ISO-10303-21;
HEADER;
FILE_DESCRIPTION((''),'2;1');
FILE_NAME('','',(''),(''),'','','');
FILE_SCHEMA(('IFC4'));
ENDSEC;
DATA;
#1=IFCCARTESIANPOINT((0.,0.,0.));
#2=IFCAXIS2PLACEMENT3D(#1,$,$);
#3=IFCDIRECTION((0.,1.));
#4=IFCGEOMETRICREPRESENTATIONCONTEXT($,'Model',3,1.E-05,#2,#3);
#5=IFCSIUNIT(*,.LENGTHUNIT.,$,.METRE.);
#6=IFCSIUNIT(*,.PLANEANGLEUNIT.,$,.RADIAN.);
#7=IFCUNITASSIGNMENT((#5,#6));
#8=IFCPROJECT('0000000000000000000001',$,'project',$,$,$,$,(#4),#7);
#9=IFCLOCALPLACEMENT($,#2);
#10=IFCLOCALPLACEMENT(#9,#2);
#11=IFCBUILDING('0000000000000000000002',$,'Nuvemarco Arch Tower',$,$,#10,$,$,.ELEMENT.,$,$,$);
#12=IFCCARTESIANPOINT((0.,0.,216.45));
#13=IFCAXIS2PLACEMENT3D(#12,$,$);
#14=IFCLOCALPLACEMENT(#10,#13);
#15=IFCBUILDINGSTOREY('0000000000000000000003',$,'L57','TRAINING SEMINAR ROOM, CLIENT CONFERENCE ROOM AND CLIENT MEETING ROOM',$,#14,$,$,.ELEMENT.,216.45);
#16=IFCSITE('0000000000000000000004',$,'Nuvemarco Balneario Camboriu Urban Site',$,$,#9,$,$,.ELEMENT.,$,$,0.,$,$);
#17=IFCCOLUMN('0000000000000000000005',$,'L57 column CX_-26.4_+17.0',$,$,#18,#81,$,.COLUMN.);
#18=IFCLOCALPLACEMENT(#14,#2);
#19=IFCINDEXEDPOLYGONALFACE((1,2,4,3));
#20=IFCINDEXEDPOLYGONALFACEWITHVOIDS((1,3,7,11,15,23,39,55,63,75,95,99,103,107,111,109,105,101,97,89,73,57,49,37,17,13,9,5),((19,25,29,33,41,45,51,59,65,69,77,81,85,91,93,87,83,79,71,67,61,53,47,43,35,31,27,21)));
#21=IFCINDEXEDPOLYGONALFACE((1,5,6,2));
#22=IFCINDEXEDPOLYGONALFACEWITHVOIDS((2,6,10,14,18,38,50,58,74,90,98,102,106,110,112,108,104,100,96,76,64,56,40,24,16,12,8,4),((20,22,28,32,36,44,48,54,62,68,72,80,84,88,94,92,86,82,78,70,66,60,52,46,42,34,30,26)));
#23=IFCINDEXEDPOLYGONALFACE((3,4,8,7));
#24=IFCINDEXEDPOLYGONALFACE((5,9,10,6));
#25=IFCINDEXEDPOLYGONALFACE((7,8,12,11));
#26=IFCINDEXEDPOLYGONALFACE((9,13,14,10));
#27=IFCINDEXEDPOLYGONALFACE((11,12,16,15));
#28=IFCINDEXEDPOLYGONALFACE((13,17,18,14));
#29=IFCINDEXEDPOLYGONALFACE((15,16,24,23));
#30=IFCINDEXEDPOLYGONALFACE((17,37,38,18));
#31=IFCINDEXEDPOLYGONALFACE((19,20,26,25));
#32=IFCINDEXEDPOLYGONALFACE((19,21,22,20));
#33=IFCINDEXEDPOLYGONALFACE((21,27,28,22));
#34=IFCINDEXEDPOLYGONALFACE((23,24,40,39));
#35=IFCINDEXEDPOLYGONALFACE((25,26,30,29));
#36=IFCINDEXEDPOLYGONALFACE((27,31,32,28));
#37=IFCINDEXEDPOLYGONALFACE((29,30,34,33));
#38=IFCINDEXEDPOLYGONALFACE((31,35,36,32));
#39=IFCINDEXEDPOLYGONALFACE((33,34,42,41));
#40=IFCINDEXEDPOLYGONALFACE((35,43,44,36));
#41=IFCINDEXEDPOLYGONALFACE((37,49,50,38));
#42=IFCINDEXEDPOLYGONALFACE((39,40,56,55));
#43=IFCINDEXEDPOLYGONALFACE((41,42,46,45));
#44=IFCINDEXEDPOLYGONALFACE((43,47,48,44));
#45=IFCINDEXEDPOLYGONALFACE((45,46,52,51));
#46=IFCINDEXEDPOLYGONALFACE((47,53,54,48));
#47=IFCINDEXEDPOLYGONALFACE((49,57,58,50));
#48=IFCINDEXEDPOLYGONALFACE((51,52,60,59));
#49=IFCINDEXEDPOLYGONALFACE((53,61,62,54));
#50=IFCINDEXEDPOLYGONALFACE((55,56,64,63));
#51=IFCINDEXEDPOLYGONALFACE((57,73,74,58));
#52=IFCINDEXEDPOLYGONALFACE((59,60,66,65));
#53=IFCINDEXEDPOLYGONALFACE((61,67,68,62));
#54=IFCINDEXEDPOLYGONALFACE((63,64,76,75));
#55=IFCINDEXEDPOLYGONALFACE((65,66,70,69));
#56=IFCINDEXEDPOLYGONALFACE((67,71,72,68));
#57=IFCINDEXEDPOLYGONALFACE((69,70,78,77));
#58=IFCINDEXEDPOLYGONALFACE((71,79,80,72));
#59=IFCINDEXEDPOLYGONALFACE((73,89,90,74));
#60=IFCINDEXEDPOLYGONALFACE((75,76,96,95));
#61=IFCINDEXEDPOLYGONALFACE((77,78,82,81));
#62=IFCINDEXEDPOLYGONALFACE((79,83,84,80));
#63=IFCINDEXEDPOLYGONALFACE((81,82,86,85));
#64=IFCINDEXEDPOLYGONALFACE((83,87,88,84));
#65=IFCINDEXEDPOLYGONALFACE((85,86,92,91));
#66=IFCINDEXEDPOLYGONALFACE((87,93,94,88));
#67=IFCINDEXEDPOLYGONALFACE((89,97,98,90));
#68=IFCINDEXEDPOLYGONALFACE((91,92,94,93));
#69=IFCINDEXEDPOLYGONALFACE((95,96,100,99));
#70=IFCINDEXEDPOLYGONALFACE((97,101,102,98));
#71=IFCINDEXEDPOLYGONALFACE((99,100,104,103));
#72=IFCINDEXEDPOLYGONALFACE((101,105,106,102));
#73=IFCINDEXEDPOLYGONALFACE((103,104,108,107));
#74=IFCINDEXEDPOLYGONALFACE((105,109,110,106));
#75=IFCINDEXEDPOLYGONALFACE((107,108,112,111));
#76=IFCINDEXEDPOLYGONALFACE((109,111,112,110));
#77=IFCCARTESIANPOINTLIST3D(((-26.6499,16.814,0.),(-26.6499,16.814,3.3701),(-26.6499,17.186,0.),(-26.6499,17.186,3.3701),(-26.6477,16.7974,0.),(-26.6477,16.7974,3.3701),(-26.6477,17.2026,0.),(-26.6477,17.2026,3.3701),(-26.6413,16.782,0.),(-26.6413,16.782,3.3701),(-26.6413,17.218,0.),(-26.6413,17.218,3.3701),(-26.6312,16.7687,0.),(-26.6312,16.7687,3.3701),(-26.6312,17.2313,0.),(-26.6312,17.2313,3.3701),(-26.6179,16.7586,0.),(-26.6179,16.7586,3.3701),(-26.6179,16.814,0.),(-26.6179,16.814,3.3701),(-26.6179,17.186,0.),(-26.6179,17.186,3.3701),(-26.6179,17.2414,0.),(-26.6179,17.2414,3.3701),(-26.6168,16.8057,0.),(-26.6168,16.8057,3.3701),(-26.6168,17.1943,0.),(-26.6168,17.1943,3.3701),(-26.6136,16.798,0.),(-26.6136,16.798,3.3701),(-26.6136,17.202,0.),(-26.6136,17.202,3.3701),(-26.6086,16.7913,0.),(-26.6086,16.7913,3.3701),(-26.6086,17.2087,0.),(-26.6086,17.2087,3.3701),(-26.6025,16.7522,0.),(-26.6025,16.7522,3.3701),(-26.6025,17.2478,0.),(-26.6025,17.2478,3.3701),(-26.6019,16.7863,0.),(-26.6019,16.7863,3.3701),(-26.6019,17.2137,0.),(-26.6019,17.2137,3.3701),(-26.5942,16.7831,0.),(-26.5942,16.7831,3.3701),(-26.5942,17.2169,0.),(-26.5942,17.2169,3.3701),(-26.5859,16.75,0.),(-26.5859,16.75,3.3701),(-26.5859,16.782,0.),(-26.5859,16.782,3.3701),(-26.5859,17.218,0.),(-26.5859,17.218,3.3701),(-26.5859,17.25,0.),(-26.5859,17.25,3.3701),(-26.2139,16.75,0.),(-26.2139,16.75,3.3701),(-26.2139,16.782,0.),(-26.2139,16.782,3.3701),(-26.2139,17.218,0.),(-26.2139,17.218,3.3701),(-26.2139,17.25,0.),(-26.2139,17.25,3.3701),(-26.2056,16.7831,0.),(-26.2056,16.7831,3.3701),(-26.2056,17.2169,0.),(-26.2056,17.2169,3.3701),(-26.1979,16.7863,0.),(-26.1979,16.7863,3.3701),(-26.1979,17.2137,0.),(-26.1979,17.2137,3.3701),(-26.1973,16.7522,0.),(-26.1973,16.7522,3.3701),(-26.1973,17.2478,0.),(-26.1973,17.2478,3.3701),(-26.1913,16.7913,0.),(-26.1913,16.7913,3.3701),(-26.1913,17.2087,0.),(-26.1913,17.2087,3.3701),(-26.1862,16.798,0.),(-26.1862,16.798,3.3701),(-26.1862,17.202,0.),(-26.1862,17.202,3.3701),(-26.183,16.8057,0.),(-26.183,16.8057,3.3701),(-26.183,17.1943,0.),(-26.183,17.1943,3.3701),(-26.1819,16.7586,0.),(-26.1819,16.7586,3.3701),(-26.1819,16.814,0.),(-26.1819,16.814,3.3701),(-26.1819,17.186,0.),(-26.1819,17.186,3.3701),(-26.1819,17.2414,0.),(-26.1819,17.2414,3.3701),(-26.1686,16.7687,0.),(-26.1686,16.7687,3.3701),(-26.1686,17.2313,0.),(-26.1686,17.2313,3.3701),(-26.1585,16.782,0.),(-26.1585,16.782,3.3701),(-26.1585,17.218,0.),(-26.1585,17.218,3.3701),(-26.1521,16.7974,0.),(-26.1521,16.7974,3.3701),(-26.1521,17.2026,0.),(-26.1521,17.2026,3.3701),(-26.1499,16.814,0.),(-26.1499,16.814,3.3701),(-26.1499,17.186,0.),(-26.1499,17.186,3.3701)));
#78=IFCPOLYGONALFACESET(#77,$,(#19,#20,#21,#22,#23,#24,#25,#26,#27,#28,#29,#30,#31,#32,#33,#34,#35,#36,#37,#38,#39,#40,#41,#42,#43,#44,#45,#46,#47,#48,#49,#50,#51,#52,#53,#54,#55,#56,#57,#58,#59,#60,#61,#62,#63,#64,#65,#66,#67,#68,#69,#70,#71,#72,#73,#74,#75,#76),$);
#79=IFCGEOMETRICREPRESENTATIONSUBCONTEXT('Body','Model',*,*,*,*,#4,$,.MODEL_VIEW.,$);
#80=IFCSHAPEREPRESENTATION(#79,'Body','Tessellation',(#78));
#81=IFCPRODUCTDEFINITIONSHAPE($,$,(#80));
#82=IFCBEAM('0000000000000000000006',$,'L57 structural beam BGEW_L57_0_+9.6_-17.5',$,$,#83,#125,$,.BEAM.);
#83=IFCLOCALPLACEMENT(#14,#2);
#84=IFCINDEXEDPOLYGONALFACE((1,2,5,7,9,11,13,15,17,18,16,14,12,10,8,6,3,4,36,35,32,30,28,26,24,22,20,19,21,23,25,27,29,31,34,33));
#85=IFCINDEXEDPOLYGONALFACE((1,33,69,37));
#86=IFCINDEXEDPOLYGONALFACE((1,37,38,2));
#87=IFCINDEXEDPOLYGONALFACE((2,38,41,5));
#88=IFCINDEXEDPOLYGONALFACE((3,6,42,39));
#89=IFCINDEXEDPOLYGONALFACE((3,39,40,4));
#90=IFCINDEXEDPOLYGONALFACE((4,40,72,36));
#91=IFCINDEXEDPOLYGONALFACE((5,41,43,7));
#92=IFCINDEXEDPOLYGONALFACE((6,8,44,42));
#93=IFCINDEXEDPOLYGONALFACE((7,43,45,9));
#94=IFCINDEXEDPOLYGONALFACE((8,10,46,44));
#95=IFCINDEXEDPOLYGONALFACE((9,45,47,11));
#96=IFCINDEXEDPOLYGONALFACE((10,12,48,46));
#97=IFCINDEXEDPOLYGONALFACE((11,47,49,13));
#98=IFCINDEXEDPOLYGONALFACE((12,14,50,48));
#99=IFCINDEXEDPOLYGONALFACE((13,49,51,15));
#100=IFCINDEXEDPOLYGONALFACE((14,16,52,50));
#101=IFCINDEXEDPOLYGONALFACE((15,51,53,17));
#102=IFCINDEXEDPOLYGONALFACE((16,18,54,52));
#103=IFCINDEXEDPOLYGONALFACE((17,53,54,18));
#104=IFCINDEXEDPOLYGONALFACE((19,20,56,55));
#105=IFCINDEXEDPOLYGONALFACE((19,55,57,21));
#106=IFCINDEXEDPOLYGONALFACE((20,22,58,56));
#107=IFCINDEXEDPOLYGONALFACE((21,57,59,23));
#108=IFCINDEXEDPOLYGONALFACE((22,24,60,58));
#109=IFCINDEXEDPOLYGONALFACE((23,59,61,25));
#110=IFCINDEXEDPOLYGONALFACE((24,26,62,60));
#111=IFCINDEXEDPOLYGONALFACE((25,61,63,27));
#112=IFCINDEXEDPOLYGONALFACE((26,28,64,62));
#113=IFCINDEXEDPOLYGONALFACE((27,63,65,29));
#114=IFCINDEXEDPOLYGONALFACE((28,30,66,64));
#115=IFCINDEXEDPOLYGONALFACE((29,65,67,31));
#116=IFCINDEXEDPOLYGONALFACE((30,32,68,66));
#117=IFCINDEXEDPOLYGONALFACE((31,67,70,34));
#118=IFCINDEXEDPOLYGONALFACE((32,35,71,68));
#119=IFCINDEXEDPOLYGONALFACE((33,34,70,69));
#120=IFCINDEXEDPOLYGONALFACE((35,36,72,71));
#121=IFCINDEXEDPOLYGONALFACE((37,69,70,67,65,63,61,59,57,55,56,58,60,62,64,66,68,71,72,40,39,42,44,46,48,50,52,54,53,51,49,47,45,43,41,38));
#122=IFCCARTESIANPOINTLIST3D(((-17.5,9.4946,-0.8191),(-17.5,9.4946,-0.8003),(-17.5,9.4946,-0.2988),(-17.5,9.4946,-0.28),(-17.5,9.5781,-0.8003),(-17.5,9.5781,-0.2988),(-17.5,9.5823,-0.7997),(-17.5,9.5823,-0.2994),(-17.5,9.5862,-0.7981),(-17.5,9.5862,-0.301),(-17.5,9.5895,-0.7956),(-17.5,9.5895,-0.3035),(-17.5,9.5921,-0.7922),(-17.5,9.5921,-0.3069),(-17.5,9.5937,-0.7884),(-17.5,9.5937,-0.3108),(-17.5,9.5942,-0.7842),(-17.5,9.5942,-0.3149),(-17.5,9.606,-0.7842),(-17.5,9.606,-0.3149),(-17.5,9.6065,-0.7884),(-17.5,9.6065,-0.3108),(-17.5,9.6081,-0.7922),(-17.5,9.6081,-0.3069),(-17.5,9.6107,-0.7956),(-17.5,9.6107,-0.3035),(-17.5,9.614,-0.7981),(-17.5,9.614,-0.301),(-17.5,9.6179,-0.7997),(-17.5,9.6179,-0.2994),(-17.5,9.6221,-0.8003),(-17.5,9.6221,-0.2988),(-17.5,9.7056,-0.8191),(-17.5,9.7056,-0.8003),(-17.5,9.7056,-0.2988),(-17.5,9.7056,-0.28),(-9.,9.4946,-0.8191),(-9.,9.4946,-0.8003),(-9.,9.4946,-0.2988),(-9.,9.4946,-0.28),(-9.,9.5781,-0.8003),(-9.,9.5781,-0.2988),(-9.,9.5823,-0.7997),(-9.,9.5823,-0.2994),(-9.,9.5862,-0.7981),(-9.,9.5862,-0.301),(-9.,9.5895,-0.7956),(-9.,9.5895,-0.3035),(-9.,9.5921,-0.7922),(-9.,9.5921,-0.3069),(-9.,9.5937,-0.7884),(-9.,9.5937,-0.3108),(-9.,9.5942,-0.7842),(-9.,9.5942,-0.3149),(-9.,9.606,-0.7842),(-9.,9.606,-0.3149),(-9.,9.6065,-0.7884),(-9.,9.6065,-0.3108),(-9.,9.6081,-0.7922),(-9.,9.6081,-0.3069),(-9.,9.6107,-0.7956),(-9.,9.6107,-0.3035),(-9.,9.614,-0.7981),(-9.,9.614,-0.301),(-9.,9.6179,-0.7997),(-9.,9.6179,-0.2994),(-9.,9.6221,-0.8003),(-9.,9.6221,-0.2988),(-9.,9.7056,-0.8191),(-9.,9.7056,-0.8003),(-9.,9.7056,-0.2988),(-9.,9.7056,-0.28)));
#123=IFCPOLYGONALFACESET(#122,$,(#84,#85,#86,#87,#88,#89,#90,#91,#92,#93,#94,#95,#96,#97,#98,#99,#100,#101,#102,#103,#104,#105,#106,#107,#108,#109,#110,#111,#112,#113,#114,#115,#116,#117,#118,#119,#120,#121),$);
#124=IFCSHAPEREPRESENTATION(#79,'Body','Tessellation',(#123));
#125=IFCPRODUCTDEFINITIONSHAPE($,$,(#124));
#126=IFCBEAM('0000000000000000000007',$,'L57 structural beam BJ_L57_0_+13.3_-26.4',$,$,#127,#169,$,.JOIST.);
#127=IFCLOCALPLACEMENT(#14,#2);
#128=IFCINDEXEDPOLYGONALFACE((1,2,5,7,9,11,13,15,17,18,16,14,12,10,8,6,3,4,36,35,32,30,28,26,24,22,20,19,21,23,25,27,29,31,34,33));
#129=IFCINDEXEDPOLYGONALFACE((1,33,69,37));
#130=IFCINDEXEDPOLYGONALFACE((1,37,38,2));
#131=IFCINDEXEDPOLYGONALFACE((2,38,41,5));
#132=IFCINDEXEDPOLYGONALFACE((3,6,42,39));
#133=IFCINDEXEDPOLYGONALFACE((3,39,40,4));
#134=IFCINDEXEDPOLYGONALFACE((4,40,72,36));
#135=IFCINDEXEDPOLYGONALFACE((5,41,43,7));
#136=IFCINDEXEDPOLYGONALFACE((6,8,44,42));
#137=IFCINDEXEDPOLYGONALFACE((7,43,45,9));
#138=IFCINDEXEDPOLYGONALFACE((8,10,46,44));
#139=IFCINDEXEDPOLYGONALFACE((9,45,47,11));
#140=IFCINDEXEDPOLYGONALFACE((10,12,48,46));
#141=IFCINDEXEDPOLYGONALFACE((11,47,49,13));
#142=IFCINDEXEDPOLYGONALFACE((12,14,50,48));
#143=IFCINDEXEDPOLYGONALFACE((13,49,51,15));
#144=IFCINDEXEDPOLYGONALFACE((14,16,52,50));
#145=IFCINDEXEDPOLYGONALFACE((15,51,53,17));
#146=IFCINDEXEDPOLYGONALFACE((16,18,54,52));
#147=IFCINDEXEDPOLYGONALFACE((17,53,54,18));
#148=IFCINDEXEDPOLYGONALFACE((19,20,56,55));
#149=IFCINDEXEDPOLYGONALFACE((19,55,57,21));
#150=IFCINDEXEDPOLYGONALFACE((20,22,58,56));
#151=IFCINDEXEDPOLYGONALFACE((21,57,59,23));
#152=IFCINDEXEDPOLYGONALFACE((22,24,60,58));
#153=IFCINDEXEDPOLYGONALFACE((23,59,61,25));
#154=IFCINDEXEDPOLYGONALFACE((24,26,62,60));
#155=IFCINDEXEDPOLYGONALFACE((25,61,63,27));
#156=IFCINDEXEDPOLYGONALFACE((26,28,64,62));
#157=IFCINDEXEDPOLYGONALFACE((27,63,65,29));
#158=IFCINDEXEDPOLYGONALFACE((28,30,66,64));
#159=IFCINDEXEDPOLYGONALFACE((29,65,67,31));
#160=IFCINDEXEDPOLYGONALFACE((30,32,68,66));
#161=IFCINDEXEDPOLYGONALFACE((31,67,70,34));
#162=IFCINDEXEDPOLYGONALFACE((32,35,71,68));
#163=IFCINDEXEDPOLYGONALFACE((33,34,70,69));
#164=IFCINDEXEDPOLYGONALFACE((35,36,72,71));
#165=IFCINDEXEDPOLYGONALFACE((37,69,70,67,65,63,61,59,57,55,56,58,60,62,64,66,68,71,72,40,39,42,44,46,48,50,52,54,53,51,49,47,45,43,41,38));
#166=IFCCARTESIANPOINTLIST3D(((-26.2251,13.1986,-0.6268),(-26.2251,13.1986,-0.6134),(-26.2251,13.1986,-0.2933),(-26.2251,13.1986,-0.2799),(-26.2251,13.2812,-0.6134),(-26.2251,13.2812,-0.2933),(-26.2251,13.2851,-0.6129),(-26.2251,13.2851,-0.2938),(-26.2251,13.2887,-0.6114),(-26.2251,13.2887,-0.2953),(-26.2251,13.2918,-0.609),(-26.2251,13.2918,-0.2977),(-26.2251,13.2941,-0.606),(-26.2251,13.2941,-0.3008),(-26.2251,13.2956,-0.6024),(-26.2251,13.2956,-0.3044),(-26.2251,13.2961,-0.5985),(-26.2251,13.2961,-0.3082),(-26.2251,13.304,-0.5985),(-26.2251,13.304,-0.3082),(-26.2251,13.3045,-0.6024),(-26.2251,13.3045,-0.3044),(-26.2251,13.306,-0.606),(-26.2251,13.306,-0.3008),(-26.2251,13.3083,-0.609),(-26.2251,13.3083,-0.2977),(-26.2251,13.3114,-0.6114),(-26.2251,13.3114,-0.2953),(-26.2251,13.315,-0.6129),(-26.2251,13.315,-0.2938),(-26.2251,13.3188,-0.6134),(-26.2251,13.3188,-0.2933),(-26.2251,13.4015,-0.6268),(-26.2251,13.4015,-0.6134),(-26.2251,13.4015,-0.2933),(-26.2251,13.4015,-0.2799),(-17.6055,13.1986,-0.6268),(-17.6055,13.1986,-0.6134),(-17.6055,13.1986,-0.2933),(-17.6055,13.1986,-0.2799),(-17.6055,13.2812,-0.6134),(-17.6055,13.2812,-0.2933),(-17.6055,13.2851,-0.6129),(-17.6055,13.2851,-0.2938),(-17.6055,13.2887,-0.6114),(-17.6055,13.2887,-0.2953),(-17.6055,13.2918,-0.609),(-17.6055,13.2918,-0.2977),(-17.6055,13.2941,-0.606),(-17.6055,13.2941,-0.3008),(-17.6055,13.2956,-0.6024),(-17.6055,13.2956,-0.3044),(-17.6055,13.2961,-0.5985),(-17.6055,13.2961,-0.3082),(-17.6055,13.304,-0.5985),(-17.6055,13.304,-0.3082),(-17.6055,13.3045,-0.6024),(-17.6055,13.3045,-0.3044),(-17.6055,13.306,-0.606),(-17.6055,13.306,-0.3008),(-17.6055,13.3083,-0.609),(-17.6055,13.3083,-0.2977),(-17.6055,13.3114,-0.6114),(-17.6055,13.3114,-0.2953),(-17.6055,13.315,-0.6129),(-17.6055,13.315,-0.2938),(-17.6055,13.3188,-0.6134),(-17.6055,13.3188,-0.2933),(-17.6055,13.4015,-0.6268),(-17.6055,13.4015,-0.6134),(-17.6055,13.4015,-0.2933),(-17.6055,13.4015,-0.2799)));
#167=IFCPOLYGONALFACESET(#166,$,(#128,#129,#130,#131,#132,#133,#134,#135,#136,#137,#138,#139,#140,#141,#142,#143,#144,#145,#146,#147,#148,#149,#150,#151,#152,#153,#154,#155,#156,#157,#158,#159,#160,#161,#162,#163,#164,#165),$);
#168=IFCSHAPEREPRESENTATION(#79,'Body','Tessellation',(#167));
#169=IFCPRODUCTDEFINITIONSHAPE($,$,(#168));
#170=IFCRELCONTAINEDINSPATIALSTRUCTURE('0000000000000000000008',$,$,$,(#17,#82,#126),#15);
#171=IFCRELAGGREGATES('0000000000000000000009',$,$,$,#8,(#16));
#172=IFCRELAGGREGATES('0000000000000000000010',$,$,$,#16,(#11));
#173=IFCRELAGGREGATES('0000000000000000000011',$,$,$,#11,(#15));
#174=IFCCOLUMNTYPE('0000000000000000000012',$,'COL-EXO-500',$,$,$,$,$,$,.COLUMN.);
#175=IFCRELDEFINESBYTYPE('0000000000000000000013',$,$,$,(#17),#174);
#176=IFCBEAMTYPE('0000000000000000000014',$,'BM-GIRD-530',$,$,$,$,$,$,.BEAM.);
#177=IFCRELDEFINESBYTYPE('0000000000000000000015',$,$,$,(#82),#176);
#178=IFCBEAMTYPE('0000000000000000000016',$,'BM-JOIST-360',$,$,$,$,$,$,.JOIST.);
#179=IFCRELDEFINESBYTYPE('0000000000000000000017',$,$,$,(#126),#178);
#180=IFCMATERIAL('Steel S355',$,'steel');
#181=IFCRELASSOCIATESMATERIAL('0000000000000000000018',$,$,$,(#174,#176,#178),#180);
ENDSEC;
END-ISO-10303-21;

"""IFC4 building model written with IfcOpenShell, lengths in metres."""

from ifc_helpers import new_model, si_unit, direction, frame, origin, origin_2d, place, context, subcontext, project, spatial, hollow_rectangle, i_section, extrude, material, material_profile, profile_set, type_object, element, save


model = new_model("IFC4")

# Units and contexts
model_context = context("Model", 3, precision=1e-05, world=origin(), true_north=direction((0.0, 1.0)))
body_context = subcontext(model_context, "Body", "Model", "MODEL_VIEW")
ifc_project = project(units=[si_unit("LENGTHUNIT", "METRE"), si_unit("PLANEANGLEUNIT", "RADIAN")], contexts=[model_context])

# Site, building, storey
site_placement = place(None, origin())
site = spatial("IfcSite", under=ifc_project, at=site_placement, Name="Nuvemarco Balneario Camboriu Urban Site", CompositionType="ELEMENT", RefElevation=0.0)
building_placement = place(site_placement, origin())
building = spatial("IfcBuilding", under=site, at=building_placement, Name="Nuvemarco Arch Tower", CompositionType="ELEMENT")
storey_placement = place(building_placement, frame((0.0, 0.0, 216.45)))
storey = spatial("IfcBuildingStorey", under=building, at=storey_placement, Name="L57", Description="TRAINING SEMINAR ROOM, CLIENT CONFERENCE ROOM AND CLIENT MEETING ROOM", CompositionType="ELEMENT", Elevation=216.45)

# Column
ifc_material_1 = material(Name="Steel S355", Category="steel")
ifc_material_profile_1 = material_profile(ifc_material_1, hollow_rectangle(XDim=0.5, YDim=0.5, WallThickness=0.032, InnerFilletRadius=0.032, OuterFilletRadius=0.064, at=origin_2d()), Name="SHS500x500x32")
ifc_profile_set_1 = profile_set([ifc_material_profile_1], Name="Steel S355")
column_type = type_object("IfcColumnType", Name="COL-EXO-500", PredefinedType="COLUMN", material=ifc_profile_set_1)
column_placement = place(storey_placement, frame((-26.3999, 17.0, 0.0), z_axis=(0.0, 0.0, 1.0), x_axis=(1.0, 0.0, 0.0)))
element("IfcColumn", 1, at=column_placement, inside=storey, type_object=column_type, Name="L57 column CX_-26.4_+17.0", PredefinedType="COLUMN", context=body_context, shape_type="SweptSolid", body=[
    extrude(hollow_rectangle(XDim=0.5, YDim=0.5, WallThickness=0.032, InnerFilletRadius=0.032, OuterFilletRadius=0.064, at=origin_2d()), origin(), (0.0, 0.0, 1.0), 3.3701),
])

# Beams
ifc_material_profile_2 = material_profile(ifc_material_1, i_section(OverallWidth=0.2109, OverallDepth=0.5391, WebThickness=0.0117, FlangeThickness=0.0188, FilletRadius=0.0161, at=origin_2d()), Name="W530x109")
ifc_profile_set_2 = profile_set([ifc_material_profile_2], Name="Steel S355")
beam_type_1 = type_object("IfcBeamType", Name="BM-GIRD-530", PredefinedType="BEAM", material=ifc_profile_set_2)
beam_1_placement = place(storey_placement, frame((-17.5, 9.6001, -0.5496), z_axis=(1.0, 0.0, 0.0), x_axis=(0.0, 1.0, 0.0)))
element("IfcBeam", 2, at=beam_1_placement, inside=storey, type_object=beam_type_1, Name="L57 structural beam BGEW_L57_0_+9.6_-17.5", PredefinedType="BEAM", context=body_context, shape_type="SweptSolid", body=[
    extrude(i_section(OverallWidth=0.2109, OverallDepth=0.5391, WebThickness=0.0117, FlangeThickness=0.0188, FilletRadius=0.0161, at=origin_2d()), origin(), (0.0, 0.0, 1.0), 8.5),
])
ifc_material_profile_3 = material_profile(ifc_material_1, i_section(OverallWidth=0.2029, OverallDepth=0.3469, WebThickness=0.0078, FlangeThickness=0.0134, FilletRadius=0.0149, at=origin_2d()), Name="W360x64")
ifc_profile_set_3 = profile_set([ifc_material_profile_3], Name="Steel S355")
beam_type_2 = type_object("IfcBeamType", Name="BM-JOIST-360", PredefinedType="JOIST", material=ifc_profile_set_3)
beam_2_placement = place(storey_placement, frame((-26.2251, 13.3, -0.4534), z_axis=(1.0, 0.0, 0.0), x_axis=(0.0, 1.0, 0.0)))
element("IfcBeam", 3, at=beam_2_placement, inside=storey, type_object=beam_type_2, Name="L57 structural beam BJ_L57_0_+13.3_-26.4", PredefinedType="JOIST", context=body_context, shape_type="SweptSolid", body=[
    extrude(i_section(OverallWidth=0.2029, OverallDepth=0.3469, WebThickness=0.0078, FlangeThickness=0.0134, FilletRadius=0.0149, at=origin_2d()), origin(), (0.0, 0.0, 1.0), 8.6196),
])

save(model, "model.ifc")
